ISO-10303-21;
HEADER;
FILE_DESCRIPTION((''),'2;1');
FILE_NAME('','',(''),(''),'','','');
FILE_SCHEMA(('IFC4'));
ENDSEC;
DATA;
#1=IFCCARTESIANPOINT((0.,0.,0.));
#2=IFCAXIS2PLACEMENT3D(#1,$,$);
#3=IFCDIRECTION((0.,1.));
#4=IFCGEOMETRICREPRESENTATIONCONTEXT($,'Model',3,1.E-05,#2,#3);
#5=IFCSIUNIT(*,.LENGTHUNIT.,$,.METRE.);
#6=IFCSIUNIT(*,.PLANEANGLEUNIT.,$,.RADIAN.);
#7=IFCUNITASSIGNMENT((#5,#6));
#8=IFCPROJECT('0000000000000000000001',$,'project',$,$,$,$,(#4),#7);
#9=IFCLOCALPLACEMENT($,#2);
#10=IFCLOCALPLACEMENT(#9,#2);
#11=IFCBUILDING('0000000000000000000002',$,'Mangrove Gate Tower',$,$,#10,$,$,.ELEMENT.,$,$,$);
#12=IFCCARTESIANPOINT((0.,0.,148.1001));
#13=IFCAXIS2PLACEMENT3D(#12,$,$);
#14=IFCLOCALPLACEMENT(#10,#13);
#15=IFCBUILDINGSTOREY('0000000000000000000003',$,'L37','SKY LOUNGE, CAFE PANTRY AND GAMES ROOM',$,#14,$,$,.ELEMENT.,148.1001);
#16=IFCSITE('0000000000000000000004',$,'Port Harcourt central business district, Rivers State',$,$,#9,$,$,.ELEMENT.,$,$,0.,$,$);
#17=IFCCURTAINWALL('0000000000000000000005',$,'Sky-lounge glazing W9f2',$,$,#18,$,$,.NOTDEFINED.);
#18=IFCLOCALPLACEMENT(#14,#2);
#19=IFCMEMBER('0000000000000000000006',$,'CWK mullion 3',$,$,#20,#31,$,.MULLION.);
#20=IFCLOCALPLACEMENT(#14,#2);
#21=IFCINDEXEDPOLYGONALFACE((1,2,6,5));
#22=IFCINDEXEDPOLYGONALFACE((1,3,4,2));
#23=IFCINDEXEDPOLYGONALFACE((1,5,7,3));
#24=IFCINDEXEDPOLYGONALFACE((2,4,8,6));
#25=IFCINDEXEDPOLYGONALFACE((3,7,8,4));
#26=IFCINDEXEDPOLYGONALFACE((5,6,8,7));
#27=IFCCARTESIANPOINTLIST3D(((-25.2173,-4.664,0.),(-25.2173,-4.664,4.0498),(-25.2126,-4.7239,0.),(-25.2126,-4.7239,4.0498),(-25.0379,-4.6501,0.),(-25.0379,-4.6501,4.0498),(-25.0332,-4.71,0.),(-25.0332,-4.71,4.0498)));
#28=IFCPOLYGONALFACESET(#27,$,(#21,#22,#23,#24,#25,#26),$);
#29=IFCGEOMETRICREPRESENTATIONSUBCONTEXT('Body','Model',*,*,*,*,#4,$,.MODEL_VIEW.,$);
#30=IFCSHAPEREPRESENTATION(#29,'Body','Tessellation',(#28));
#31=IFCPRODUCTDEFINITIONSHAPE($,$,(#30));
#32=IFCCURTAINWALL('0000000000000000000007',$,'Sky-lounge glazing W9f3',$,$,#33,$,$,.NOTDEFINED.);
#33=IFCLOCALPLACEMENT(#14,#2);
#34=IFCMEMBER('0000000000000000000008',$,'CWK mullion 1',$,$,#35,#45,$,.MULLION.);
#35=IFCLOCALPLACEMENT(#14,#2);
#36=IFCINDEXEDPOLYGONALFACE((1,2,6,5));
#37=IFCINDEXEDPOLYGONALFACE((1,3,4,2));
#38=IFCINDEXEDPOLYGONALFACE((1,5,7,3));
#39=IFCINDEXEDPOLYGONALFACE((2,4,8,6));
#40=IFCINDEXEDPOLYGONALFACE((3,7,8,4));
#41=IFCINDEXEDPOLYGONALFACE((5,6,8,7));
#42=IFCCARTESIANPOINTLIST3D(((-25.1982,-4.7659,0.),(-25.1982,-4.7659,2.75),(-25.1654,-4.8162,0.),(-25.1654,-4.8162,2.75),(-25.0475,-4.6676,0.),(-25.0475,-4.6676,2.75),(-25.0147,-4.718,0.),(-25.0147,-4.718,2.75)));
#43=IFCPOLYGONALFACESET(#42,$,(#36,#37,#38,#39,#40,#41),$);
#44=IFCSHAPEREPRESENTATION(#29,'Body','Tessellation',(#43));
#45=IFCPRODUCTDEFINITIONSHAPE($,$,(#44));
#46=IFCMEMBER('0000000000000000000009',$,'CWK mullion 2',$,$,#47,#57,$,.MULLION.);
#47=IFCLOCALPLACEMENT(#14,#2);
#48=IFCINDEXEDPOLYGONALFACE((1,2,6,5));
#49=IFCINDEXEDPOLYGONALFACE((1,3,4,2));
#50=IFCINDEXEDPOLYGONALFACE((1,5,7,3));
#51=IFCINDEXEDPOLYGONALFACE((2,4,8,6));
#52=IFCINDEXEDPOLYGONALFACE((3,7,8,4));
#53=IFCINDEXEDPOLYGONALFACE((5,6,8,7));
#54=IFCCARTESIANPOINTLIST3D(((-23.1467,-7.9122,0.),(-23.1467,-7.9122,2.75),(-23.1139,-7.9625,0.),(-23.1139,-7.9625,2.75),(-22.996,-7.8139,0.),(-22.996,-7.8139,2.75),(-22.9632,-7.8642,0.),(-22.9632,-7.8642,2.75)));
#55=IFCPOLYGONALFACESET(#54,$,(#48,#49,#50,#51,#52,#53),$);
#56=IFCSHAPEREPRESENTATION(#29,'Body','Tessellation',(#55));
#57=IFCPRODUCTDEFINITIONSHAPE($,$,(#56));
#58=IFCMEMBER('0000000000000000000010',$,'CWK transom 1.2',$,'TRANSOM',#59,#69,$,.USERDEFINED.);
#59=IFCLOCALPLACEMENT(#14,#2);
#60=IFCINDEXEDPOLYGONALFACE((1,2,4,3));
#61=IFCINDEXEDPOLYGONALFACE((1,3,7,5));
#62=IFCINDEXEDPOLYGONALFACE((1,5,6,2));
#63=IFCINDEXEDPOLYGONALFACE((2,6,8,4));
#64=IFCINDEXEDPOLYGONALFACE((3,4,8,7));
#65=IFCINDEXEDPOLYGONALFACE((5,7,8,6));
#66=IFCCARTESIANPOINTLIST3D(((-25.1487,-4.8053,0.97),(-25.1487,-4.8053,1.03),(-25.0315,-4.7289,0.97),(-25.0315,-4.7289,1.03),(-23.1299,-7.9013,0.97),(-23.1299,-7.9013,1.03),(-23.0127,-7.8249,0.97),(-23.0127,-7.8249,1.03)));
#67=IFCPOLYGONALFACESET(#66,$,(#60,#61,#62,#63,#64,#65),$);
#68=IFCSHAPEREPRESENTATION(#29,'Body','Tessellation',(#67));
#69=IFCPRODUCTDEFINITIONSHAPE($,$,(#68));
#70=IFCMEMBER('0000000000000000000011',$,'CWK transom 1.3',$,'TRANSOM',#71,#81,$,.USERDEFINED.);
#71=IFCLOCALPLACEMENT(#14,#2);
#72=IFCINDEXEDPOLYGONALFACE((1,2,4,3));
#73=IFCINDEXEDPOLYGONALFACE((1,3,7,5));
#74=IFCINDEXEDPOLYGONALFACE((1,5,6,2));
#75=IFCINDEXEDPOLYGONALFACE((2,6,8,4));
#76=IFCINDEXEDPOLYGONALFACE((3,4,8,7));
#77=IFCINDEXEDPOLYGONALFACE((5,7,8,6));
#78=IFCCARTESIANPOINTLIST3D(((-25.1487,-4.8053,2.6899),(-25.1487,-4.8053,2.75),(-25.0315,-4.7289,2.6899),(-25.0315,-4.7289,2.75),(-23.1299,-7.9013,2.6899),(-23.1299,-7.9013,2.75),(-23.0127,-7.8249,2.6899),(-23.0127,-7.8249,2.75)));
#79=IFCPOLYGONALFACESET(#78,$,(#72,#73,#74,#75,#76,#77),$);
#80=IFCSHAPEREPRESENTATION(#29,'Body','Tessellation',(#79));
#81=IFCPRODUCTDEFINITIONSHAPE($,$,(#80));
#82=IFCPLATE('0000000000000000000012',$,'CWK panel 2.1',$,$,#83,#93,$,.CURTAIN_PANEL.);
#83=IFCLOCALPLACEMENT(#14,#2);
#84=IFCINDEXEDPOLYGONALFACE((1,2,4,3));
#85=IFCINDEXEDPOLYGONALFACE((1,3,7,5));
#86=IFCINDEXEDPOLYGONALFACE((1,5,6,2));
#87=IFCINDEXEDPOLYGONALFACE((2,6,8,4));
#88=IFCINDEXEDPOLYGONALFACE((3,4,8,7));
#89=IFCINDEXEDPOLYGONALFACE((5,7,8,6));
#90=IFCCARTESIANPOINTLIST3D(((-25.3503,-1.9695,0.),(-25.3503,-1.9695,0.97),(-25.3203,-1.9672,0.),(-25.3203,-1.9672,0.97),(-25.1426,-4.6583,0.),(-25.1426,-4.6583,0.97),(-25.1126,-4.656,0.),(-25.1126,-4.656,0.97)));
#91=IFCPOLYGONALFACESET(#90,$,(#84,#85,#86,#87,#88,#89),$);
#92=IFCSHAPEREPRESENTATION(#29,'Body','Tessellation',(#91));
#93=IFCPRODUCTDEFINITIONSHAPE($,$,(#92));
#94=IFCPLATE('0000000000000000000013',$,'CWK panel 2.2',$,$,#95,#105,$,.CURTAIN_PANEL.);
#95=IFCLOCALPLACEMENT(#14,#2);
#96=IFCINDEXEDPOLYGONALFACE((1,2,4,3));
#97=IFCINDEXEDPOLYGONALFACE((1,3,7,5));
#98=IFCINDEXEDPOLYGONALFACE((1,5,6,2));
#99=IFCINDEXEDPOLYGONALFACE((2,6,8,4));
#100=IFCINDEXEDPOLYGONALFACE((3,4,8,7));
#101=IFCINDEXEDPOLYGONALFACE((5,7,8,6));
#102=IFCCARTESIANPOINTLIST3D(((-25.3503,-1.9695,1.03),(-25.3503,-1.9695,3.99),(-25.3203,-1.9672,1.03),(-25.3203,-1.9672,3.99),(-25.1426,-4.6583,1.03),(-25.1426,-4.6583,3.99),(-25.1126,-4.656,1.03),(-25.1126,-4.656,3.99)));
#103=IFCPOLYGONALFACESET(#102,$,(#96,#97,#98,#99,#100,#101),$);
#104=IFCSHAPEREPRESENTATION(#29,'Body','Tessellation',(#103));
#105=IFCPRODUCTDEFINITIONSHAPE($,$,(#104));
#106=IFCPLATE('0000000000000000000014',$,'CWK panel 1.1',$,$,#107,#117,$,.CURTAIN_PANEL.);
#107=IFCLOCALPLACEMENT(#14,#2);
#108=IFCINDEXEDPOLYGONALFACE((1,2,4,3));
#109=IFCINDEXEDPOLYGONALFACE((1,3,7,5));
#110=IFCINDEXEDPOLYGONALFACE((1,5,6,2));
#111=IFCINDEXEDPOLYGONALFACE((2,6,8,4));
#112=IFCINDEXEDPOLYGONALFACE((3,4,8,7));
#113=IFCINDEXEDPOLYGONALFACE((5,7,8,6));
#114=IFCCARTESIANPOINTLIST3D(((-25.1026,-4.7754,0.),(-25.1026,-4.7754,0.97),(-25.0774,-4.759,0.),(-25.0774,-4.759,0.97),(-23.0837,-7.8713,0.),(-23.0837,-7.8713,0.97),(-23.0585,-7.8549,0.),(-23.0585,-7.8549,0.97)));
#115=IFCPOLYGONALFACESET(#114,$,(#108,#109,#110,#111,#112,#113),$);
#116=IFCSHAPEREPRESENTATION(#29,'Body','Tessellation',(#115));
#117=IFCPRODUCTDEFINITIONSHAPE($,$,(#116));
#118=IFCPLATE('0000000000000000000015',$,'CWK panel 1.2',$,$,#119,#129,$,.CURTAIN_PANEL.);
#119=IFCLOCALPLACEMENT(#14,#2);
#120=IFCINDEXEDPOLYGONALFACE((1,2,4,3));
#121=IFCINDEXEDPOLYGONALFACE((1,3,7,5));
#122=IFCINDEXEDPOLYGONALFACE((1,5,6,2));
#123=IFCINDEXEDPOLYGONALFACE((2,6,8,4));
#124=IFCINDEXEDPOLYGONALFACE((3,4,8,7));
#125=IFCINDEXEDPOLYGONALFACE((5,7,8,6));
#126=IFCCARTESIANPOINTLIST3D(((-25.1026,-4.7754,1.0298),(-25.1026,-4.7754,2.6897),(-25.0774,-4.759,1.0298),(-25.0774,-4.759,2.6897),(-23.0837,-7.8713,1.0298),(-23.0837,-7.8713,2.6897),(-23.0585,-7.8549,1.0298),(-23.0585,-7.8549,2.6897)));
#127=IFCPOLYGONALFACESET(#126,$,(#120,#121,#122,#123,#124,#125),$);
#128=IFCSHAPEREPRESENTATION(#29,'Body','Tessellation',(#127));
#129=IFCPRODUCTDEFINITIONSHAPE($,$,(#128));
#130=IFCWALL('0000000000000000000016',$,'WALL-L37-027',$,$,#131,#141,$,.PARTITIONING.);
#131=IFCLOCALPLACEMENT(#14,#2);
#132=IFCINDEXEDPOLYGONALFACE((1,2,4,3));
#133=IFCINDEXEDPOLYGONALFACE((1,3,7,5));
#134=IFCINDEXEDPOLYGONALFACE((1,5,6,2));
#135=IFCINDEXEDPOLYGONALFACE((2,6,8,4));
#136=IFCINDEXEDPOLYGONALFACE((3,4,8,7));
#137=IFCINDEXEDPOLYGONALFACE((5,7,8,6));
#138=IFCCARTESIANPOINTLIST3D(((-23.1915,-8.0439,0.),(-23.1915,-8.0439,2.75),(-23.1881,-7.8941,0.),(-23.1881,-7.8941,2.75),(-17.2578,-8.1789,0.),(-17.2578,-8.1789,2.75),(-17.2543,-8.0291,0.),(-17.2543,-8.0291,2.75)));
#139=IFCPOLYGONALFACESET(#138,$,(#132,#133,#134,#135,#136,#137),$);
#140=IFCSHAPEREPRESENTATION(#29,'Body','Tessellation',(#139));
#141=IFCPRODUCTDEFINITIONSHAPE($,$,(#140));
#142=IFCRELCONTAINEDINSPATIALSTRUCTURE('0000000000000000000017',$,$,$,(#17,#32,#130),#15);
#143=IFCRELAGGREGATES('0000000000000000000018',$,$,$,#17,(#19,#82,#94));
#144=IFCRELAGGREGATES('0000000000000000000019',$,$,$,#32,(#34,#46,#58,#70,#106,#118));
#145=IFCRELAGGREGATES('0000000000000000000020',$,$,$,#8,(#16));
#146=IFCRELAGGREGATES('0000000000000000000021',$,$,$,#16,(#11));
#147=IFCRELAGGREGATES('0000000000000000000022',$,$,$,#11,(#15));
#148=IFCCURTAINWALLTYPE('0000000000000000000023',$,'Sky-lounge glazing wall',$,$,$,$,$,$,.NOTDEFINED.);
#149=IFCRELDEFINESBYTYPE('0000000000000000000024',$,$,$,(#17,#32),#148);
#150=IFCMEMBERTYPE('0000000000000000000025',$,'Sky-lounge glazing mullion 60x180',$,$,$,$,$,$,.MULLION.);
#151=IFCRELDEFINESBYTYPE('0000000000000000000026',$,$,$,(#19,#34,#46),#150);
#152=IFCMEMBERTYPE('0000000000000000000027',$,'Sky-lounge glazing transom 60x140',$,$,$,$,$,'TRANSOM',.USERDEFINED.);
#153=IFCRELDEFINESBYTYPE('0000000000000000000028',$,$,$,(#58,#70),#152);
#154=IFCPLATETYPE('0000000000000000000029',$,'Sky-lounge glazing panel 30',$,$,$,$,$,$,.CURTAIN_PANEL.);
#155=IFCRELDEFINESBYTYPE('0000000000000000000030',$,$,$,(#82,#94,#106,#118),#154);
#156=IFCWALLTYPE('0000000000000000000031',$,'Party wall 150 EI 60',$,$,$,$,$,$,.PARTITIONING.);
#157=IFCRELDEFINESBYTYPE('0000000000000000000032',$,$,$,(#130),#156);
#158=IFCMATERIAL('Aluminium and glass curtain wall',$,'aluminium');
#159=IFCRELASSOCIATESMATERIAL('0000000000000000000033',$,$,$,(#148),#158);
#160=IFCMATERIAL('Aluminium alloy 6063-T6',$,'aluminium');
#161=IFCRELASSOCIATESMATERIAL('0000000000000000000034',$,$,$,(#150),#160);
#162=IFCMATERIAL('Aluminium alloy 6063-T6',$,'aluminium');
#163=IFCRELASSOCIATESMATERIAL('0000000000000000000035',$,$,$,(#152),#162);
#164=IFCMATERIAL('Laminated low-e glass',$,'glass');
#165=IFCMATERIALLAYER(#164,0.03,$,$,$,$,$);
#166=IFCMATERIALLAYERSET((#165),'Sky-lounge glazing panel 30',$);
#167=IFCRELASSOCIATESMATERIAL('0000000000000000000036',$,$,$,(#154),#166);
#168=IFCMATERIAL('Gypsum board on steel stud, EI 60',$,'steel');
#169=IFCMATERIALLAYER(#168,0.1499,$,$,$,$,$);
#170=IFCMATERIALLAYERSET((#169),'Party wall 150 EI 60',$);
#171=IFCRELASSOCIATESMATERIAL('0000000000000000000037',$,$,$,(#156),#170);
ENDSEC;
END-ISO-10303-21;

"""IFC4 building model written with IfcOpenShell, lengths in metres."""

from ifc_helpers import new_model, si_unit, direction, frame, frame_2d, origin, origin_2d, place, context, subcontext, project, spatial, rectangle, extrude, material, layer, layer_set, material_profile, profile_set, type_object, element, aggregate, save


model = new_model("IFC4")

# Units and contexts
model_context = context("Model", 3, precision=1e-05, world=origin(), true_north=direction((0.0, 1.0)))
body_context = subcontext(model_context, "Body", "Model", "MODEL_VIEW")
ifc_project = project(units=[si_unit("LENGTHUNIT", "METRE"), si_unit("PLANEANGLEUNIT", "RADIAN")], contexts=[model_context])

# Site, building, storey
site_placement = place(None, origin())
site = spatial("IfcSite", under=ifc_project, at=site_placement, Name="Port Harcourt central business district, Rivers State", CompositionType="ELEMENT", RefElevation=0.0)
building_placement = place(site_placement, origin())
building = spatial("IfcBuilding", under=site, at=building_placement, Name="Mangrove Gate Tower", CompositionType="ELEMENT")
storey_placement = place(building_placement, frame((0.0, 0.0, 148.1001)))
storey = spatial("IfcBuildingStorey", under=building, at=storey_placement, Name="L37", Description="SKY LOUNGE, CAFE PANTRY AND GAMES ROOM", CompositionType="ELEMENT", Elevation=148.1001)

# Curtain wall, member
ifc_material_1 = material(Name="Aluminium and glass curtain wall", Category="aluminium")
curtain_wall_type = type_object("IfcCurtainWallType", Name="Sky-lounge glazing wall", PredefinedType="NOTDEFINED", material=ifc_material_1)
curtain_wall_1_placement = place(storey_placement, origin())
curtain_wall_1 = element("IfcCurtainWall", 1, at=curtain_wall_1_placement, inside=storey, type_object=curtain_wall_type, Name="Sky-lounge glazing W9f2", PredefinedType="NOTDEFINED")
ifc_material_2 = material(Name="Aluminium alloy 6063-T6", Category="aluminium")
ifc_material_profile_1 = material_profile(ifc_material_2, rectangle(XDim=0.0601, YDim=0.1799, at=origin_2d()))
ifc_profile_set_1 = profile_set([ifc_material_profile_1], Name="Aluminium alloy 6063-T6")
member_type_1 = type_object("IfcMemberType", Name="Sky-lounge glazing mullion 60x180", PredefinedType="MULLION", material=ifc_profile_set_1)
member_1_placement = place(storey_placement, frame((-25.1252, -4.687, 0.0), z_axis=(0.0, 0.0, 1.0), x_axis=(0.077023, -0.997029, 0.0)))
member_1 = element("IfcMember", 2, at=member_1_placement, type_object=member_type_1, Name="CWK mullion 3", PredefinedType="MULLION", context=body_context, shape_type="SweptSolid", body=[
    extrude(rectangle(XDim=0.0601, YDim=0.1799, at=origin_2d()), origin(), (0.0, 0.0, 1.0), 4.0498),
])

# Curtain wall, members
curtain_wall_2_placement = place(storey_placement, origin())
curtain_wall_2 = element("IfcCurtainWall", 3, at=curtain_wall_2_placement, inside=storey, type_object=curtain_wall_type, Name="Sky-lounge glazing W9f3", PredefinedType="NOTDEFINED")
member_2_placement = place(storey_placement, frame((-25.1064, -4.7419, 0.0), z_axis=(0.0, 0.0, 1.0), x_axis=(0.546235, -0.837632, 0.0)))
member_2 = element("IfcMember", 4, at=member_2_placement, type_object=member_type_1, Name="CWK mullion 1", PredefinedType="MULLION", context=body_context, shape_type="SweptSolid", body=[
    extrude(rectangle(XDim=0.0601, YDim=0.1799, at=origin_2d()), origin(), (0.0, 0.0, 1.0), 2.75),
])
member_3_placement = place(storey_placement, frame((-23.0549, -7.8882, 0.0), z_axis=(0.0, 0.0, 1.0), x_axis=(0.546235, -0.837632, 0.0)))
member_3 = element("IfcMember", 5, at=member_3_placement, type_object=member_type_1, Name="CWK mullion 2", PredefinedType="MULLION", context=body_context, shape_type="SweptSolid", body=[
    extrude(rectangle(XDim=0.0601, YDim=0.1799, at=origin_2d()), origin(), (0.0, 0.0, 1.0), 2.75),
])
ifc_material_3 = material(Name="Aluminium alloy 6063-T6", Category="aluminium")
ifc_material_profile_2 = material_profile(ifc_material_3, rectangle(XDim=0.0601, YDim=0.1399, at=origin_2d()))
ifc_profile_set_2 = profile_set([ifc_material_profile_2], Name="Aluminium alloy 6063-T6")
member_type_2 = type_object("IfcMemberType", Name="Sky-lounge glazing transom 60x140", ElementType="TRANSOM", PredefinedType="USERDEFINED", material=ifc_profile_set_2)
member_4_placement = place(storey_placement, frame((-25.0901, -4.7671, 1.0), z_axis=(0.546211, -0.837647, 0.0), x_axis=(0.0, 0.0, 1.0)))
member_4 = element("IfcMember", 6, at=member_4_placement, type_object=member_type_2, Name="CWK transom 1.2", ObjectType="TRANSOM", PredefinedType="USERDEFINED", context=body_context, shape_type="SweptSolid", body=[
    extrude(rectangle(XDim=0.0601, YDim=0.1399, at=origin_2d()), origin(), (0.0, 0.0, 1.0), 3.696),
])
member_5_placement = place(storey_placement, frame((-25.0901, -4.7671, 2.72), z_axis=(0.546211, -0.837647, 0.0), x_axis=(0.0, 0.0, 1.0)))
member_5 = element("IfcMember", 7, at=member_5_placement, type_object=member_type_2, Name="CWK transom 1.3", ObjectType="TRANSOM", PredefinedType="USERDEFINED", context=body_context, shape_type="SweptSolid", body=[
    extrude(rectangle(XDim=0.0601, YDim=0.1399, at=origin_2d()), origin(), (0.0, 0.0, 1.0), 3.696),
])

# Plates
ifc_material_4 = material(Name="Laminated low-e glass", Category="glass")
ifc_layer_1 = layer(ifc_material_4, 0.03)
ifc_layer_set_1 = layer_set([ifc_layer_1], Name="Sky-lounge glazing panel 30")
plate_type = type_object("IfcPlateType", Name="Sky-lounge glazing panel 30", PredefinedType="CURTAIN_PANEL", material=ifc_layer_set_1)
plate_1_placement = place(storey_placement, frame((-25.2314, -3.3127, 0.0), z_axis=(0.0, 0.0, 1.0), x_axis=(0.077023, -0.997029, 0.0)))
plate_1 = element("IfcPlate", 8, at=plate_1_placement, type_object=plate_type, Name="CWK panel 2.1", PredefinedType="CURTAIN_PANEL", context=body_context, shape_type="SweptSolid", body=[
    extrude(rectangle(XDim=2.6968, YDim=0.03, at=origin_2d()), origin(), (0.0, 0.0, 1.0), 0.97),
])
plate_2_placement = place(storey_placement, frame((-25.2314, -3.3127, 1.03), z_axis=(0.0, 0.0, 1.0), x_axis=(0.077023, -0.997029, 0.0)))
plate_2 = element("IfcPlate", 9, at=plate_2_placement, type_object=plate_type, Name="CWK panel 2.2", PredefinedType="CURTAIN_PANEL", context=body_context, shape_type="SweptSolid", body=[
    extrude(rectangle(XDim=2.6968, YDim=0.03, at=origin_2d()), origin(), (0.0, 0.0, 1.0), 2.96),
])
aggregate(curtain_wall_1, [member_1, plate_1, plate_2])
plate_3_placement = place(storey_placement, frame((-24.0806, -6.3152, 0.0), z_axis=(0.0, 0.0, 1.0), x_axis=(0.546235, -0.837632, 0.0)))
plate_3 = element("IfcPlate", 10, at=plate_3_placement, type_object=plate_type, Name="CWK panel 1.1", PredefinedType="CURTAIN_PANEL", context=body_context, shape_type="SweptSolid", body=[
    extrude(rectangle(XDim=3.696, YDim=0.03, at=origin_2d()), origin(), (0.0, 0.0, 1.0), 0.97),
])
plate_4_placement = place(storey_placement, frame((-24.0806, -6.3152, 1.0298), z_axis=(0.0, 0.0, 1.0), x_axis=(0.546235, -0.837632, 0.0)))
plate_4 = element("IfcPlate", 11, at=plate_4_placement, type_object=plate_type, Name="CWK panel 1.2", PredefinedType="CURTAIN_PANEL", context=body_context, shape_type="SweptSolid", body=[
    extrude(rectangle(XDim=3.696, YDim=0.03, at=origin_2d()), origin(), (0.0, 0.0, 1.0), 1.6599),
])
aggregate(curtain_wall_2, [member_2, member_3, member_4, member_5, plate_3, plate_4])

# Wall
ifc_material_5 = material(Name="Gypsum board on steel stud, EI 60", Category="steel")
ifc_layer_2 = layer(ifc_material_5, 0.1499)
ifc_layer_set_2 = layer_set([ifc_layer_2], Name="Party wall 150 EI 60")
wall_type_1 = type_object("IfcWallType", Name="Party wall 150 EI 60", PredefinedType="PARTITIONING", material=ifc_layer_set_2)
wall_1_placement = place(storey_placement, frame((-23.1899, -7.969, 0.0), z_axis=(0.0, 0.0, 1.0), x_axis=(0.999741, -0.022747, 0.0)))
element("IfcWall", 12, at=wall_1_placement, inside=storey, type_object=wall_type_1, Name="WALL-L37-027", PredefinedType="PARTITIONING", context=body_context, shape_type="SweptSolid", body=[
    extrude(rectangle(XDim=5.9353, YDim=0.1499, at=frame_2d((2.9678, 0.0))), origin(), (0.0, 0.0, 1.0), 2.75),
])

save(model, "model.ifc")
